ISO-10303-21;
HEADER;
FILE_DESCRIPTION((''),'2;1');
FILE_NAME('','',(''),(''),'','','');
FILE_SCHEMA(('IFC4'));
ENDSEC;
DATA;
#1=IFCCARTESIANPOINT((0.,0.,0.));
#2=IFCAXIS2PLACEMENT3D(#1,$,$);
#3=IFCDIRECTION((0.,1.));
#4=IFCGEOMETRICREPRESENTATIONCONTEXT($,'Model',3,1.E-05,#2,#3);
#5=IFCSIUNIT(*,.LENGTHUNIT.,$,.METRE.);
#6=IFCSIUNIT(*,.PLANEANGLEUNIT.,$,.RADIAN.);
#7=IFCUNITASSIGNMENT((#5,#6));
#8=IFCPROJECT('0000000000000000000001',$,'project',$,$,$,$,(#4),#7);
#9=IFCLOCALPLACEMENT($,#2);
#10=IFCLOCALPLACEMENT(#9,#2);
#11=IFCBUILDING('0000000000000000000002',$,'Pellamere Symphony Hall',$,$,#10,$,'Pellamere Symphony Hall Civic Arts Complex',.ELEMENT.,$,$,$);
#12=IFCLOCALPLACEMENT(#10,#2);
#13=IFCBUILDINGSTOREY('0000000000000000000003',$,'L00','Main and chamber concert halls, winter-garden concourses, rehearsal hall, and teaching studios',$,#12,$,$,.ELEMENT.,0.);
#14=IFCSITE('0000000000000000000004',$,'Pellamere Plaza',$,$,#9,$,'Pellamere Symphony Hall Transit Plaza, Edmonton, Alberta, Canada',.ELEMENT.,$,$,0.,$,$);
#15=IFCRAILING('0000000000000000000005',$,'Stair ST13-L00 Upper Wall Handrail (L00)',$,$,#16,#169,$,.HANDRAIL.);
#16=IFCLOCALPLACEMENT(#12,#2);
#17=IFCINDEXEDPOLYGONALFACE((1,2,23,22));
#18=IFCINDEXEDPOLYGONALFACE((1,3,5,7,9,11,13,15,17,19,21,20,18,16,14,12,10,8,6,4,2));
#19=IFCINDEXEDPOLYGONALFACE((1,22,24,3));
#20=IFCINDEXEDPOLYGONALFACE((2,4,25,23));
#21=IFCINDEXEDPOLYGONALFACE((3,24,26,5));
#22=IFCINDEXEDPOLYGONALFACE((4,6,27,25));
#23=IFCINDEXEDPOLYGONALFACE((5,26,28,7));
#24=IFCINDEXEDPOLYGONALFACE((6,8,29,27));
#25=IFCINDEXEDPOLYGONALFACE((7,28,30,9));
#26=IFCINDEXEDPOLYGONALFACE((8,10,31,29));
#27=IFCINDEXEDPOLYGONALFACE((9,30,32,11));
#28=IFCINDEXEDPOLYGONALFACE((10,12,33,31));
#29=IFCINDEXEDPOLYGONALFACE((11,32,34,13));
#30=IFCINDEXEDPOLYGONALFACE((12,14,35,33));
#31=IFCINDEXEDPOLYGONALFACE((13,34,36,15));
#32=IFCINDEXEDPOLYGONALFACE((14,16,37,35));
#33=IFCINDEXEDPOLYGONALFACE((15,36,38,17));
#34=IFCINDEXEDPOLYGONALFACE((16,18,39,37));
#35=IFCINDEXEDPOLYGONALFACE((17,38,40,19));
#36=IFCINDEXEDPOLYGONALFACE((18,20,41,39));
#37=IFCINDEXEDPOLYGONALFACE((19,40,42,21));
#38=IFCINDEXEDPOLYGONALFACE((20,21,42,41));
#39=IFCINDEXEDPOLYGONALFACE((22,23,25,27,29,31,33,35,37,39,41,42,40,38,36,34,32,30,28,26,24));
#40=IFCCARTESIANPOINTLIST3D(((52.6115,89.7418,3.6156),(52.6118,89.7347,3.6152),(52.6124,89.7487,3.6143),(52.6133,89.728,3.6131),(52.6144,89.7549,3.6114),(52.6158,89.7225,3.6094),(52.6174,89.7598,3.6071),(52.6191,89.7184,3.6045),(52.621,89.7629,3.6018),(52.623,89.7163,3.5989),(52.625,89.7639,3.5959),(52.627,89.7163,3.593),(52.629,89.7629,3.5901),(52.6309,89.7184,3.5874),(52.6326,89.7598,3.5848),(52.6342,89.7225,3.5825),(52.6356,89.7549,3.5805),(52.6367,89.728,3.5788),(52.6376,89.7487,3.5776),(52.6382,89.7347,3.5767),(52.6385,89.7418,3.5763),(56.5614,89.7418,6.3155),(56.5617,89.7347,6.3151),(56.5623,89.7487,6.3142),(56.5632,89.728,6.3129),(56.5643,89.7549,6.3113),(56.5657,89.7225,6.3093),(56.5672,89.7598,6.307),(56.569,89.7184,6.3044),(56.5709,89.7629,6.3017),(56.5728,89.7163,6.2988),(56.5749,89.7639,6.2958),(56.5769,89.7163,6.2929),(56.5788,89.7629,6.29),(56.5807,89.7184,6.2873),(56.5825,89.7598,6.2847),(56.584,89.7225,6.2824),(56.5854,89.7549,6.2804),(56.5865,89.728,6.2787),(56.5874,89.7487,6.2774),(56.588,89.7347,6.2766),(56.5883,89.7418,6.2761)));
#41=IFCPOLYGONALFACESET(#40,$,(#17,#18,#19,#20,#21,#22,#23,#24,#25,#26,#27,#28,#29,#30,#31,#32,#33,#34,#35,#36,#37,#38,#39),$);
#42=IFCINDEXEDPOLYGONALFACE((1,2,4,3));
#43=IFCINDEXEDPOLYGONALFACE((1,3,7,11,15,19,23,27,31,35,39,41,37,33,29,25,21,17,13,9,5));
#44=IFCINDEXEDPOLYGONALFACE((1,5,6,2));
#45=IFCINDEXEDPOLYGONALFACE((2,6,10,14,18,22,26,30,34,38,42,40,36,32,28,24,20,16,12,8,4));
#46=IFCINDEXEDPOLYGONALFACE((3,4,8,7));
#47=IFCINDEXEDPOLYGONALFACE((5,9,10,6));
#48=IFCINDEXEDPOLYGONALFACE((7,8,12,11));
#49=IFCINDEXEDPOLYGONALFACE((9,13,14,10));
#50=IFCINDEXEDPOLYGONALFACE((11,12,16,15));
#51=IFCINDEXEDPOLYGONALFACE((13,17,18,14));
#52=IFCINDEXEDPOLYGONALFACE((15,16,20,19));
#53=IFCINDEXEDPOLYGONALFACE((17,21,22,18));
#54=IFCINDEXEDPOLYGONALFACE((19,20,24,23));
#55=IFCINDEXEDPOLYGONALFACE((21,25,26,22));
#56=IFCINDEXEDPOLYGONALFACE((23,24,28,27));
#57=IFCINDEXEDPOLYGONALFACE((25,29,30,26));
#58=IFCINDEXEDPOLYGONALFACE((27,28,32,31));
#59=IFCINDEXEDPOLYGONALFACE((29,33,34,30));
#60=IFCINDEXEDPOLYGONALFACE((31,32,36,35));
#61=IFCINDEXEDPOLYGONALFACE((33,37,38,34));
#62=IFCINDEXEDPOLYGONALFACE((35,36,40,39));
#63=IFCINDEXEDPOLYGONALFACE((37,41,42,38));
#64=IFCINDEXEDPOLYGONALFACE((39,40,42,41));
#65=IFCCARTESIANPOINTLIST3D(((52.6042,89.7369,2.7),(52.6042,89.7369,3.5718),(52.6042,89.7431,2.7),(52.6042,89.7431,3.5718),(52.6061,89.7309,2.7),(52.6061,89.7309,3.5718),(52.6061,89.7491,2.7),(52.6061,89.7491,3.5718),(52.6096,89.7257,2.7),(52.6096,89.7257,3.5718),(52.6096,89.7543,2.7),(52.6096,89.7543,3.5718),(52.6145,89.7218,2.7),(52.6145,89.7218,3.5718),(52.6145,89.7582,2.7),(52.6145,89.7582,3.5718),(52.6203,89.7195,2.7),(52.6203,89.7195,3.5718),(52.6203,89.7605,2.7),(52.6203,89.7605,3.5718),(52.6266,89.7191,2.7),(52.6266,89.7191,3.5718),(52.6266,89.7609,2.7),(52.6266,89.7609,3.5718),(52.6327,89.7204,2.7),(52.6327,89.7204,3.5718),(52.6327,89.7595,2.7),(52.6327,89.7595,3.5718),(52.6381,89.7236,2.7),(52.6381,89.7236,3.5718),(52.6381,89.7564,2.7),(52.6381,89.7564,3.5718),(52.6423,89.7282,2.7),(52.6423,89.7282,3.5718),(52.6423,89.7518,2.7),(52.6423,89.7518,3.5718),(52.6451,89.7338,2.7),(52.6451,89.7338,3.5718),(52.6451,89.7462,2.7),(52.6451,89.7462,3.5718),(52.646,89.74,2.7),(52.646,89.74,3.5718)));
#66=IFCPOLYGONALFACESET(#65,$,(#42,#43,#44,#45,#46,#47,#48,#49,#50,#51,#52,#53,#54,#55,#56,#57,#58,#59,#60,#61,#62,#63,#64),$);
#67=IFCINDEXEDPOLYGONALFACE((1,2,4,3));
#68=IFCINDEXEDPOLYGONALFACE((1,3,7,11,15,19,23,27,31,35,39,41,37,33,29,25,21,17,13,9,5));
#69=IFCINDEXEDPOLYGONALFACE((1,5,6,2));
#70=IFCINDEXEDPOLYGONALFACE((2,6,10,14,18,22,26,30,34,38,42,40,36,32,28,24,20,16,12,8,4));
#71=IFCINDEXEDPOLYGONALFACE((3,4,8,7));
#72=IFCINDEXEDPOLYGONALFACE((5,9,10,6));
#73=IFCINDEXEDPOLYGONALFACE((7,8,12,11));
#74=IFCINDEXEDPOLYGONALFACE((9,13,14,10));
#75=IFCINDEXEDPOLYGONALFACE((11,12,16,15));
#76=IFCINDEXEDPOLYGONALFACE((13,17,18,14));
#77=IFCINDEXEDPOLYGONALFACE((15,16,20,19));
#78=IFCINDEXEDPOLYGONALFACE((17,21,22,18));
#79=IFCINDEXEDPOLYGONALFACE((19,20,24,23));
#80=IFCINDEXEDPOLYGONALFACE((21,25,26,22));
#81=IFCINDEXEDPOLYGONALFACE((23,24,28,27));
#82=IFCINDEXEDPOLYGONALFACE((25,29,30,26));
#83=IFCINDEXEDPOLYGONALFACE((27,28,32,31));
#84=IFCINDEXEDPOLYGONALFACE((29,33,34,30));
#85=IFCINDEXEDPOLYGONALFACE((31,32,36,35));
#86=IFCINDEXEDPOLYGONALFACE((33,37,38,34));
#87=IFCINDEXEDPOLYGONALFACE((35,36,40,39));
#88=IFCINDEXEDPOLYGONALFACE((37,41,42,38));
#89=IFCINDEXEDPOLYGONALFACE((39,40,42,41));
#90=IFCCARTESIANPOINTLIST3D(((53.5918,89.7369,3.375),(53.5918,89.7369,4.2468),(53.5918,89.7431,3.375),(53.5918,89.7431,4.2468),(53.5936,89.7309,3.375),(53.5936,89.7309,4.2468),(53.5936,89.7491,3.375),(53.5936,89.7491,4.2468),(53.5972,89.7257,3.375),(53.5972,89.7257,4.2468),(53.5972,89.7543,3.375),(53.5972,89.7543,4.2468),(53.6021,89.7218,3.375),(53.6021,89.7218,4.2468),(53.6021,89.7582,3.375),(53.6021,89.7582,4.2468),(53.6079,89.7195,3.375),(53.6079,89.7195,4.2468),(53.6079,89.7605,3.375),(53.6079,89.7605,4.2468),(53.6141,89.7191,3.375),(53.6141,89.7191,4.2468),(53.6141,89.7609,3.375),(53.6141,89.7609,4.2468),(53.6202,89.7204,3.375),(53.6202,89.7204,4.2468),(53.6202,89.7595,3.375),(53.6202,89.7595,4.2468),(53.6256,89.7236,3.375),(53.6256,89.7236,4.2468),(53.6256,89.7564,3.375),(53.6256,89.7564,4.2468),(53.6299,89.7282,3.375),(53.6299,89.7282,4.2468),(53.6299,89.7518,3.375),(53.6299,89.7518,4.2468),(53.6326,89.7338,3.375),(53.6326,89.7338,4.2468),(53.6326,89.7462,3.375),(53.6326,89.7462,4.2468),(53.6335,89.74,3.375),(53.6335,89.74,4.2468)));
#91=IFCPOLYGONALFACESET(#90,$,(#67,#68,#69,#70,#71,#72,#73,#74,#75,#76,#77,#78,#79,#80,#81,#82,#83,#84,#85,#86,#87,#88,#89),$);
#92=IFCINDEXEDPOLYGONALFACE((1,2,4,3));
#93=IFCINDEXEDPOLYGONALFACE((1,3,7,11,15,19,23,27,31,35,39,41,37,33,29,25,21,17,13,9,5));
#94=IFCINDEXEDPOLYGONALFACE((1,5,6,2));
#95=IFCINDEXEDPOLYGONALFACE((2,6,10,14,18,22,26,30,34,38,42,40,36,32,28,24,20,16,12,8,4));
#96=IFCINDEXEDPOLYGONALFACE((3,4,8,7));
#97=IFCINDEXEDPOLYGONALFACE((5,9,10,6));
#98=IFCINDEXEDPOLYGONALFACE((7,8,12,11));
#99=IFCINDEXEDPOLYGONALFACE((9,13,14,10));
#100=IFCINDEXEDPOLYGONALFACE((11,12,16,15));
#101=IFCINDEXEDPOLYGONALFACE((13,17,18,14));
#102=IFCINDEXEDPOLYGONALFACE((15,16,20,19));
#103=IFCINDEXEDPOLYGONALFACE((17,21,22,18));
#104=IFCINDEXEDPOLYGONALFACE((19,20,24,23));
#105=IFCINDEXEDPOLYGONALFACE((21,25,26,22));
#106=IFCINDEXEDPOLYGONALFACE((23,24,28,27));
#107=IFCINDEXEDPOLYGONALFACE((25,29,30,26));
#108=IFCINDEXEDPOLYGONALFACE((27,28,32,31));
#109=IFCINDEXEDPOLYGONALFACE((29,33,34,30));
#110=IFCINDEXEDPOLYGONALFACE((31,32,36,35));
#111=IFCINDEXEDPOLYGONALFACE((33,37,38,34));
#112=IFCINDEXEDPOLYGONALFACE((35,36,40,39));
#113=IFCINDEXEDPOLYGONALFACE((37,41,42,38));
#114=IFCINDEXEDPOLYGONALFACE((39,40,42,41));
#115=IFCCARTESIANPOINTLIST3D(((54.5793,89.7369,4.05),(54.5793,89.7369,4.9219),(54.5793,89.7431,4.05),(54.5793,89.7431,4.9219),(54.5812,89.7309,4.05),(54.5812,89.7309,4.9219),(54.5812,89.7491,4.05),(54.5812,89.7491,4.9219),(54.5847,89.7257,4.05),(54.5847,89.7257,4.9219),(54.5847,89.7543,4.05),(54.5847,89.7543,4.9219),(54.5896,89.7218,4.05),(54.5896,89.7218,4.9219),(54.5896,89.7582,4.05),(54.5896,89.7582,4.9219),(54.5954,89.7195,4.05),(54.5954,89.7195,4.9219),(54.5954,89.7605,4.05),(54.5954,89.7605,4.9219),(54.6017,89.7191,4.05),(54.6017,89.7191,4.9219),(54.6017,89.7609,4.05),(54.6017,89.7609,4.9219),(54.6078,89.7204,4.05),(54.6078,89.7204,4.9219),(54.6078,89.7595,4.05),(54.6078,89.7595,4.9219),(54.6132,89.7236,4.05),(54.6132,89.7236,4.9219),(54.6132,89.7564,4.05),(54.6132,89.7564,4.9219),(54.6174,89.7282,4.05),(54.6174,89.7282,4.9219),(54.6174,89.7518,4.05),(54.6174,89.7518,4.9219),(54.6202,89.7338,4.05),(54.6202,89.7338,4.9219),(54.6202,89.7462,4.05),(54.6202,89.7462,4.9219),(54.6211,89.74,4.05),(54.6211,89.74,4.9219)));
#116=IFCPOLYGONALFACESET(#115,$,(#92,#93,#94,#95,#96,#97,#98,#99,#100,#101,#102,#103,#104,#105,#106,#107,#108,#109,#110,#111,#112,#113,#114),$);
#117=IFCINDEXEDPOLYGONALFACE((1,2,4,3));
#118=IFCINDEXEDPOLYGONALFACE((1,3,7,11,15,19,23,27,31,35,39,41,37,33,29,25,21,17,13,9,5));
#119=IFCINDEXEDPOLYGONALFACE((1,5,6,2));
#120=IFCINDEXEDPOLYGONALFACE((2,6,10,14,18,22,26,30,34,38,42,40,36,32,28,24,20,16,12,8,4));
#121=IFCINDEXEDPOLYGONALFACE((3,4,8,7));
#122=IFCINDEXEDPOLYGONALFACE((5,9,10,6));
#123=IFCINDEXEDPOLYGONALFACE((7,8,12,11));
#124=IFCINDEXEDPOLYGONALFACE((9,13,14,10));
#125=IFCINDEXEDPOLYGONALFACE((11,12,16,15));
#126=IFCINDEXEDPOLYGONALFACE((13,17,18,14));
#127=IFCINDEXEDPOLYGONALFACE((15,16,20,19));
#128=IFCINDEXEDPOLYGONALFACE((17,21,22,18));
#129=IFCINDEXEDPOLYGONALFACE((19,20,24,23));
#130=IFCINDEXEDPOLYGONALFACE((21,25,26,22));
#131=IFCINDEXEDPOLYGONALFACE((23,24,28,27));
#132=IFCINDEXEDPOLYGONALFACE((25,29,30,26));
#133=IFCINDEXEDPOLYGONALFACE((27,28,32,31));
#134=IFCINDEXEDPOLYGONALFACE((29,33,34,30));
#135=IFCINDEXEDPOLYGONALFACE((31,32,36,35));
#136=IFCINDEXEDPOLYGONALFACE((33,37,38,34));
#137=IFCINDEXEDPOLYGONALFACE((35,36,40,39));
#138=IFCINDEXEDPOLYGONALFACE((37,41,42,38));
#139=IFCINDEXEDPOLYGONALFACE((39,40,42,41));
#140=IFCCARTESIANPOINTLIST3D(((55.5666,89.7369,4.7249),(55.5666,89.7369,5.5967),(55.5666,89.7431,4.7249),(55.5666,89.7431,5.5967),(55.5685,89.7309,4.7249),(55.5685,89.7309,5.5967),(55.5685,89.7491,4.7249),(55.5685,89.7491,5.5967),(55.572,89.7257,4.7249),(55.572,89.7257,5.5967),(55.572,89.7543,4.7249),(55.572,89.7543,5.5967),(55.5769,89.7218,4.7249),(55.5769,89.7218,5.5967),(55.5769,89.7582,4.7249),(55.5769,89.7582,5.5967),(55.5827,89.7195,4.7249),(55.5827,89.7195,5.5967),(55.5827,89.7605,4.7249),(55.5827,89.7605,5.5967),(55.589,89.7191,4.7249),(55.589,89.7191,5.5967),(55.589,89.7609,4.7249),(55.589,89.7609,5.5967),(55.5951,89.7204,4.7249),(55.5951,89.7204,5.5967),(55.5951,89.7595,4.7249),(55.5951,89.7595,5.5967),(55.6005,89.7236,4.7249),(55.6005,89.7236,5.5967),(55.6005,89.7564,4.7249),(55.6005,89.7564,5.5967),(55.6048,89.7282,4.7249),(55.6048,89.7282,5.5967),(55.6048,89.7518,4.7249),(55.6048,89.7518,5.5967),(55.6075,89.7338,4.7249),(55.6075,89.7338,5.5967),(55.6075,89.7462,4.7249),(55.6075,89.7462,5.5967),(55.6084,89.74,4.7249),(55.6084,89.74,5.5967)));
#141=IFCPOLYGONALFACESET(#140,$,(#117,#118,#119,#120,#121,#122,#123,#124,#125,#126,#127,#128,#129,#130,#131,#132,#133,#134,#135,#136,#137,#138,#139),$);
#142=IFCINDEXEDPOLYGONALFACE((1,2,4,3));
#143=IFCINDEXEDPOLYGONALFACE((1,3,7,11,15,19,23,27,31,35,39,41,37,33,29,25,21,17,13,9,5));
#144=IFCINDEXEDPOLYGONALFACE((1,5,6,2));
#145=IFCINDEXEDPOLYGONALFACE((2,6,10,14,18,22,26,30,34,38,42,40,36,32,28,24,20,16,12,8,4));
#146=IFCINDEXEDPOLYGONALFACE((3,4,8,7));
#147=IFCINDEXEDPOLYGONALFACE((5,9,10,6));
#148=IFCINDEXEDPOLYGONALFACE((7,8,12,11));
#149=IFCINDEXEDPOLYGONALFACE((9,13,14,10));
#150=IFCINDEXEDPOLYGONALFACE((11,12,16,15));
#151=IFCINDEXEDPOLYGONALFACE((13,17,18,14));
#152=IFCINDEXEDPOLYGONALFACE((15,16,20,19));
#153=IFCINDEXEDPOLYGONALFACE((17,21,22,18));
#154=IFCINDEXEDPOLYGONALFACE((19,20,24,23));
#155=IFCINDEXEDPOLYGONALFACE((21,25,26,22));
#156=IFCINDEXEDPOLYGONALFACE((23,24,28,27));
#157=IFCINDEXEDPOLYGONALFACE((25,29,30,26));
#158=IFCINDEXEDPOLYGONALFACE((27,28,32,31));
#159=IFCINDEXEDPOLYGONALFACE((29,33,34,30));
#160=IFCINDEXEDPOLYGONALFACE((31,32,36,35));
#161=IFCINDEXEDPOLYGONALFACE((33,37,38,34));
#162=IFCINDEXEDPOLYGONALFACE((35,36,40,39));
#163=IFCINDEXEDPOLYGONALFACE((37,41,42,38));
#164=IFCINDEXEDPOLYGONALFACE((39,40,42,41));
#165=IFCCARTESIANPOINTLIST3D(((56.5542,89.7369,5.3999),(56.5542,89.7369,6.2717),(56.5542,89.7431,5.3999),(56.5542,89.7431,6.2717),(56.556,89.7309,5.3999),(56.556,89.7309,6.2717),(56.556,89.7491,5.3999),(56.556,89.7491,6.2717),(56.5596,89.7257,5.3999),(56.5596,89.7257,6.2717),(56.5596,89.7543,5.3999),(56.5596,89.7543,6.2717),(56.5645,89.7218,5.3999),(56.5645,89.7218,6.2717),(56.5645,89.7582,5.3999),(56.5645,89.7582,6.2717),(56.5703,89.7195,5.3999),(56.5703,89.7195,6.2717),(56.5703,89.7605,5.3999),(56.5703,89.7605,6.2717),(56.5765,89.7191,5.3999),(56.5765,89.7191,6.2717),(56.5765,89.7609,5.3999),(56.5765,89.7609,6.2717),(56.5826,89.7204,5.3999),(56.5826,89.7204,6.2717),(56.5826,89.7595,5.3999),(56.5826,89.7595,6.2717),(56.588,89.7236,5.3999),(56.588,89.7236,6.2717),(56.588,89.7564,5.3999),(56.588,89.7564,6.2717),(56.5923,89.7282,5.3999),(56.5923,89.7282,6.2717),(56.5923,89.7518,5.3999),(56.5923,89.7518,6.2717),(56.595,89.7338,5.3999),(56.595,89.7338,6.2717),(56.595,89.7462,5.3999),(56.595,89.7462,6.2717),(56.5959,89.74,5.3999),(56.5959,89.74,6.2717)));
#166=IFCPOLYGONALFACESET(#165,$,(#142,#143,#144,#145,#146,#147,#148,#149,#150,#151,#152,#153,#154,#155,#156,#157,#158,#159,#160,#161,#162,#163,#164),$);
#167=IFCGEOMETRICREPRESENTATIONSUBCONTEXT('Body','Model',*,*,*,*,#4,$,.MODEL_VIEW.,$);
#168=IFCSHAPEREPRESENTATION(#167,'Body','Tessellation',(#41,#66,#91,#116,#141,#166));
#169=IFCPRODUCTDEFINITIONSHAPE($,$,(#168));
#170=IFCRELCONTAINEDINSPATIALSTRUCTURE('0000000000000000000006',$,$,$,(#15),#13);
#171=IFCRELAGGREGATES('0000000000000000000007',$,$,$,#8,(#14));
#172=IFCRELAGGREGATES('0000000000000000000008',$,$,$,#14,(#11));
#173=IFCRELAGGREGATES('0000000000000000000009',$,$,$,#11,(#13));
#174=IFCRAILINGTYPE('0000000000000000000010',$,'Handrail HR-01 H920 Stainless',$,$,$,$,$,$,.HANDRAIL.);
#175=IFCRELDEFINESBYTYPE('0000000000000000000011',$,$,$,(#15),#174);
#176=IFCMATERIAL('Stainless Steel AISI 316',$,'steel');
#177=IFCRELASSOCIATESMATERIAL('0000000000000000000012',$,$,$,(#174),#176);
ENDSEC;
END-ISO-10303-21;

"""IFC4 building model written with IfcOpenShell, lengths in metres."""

from ifc_helpers import new_model, si_unit, direction, frame, origin, origin_2d, place, context, subcontext, project, spatial, circle, extrude, material, type_object, element, save


model = new_model("IFC4")

# Units and contexts
model_context = context("Model", 3, precision=1e-05, world=origin(), true_north=direction((0.0, 1.0)))
body_context = subcontext(model_context, "Body", "Model", "MODEL_VIEW")
ifc_project = project(units=[si_unit("LENGTHUNIT", "METRE"), si_unit("PLANEANGLEUNIT", "RADIAN")], contexts=[model_context])

# Site, building, storey
site_placement = place(None, origin())
site = spatial("IfcSite", under=ifc_project, at=site_placement, Name="Pellamere Plaza", LongName="Pellamere Symphony Hall Transit Plaza, Edmonton, Alberta, Canada", CompositionType="ELEMENT", RefElevation=0.0)
building_placement = place(site_placement, origin())
building = spatial("IfcBuilding", under=site, at=building_placement, Name="Pellamere Symphony Hall", LongName="Pellamere Symphony Hall Civic Arts Complex", CompositionType="ELEMENT")
storey_placement = place(building_placement, origin())
storey = spatial("IfcBuildingStorey", under=building, at=storey_placement, Name="L00", Description="Main and chamber concert halls, winter-garden concourses, rehearsal hall, and teaching studios", CompositionType="ELEMENT", Elevation=0.0)

# Railing
ifc_material_1 = material(Name="Stainless Steel AISI 316", Category="steel")
railing_type_1 = type_object("IfcRailingType", Name="Handrail HR-01 H920 Stainless", PredefinedType="HANDRAIL", material=ifc_material_1)
for number, where, name in (
    (1, (52.625, 89.74, 2.7), "Stair ST13-L00 Upper Wall Handrail (L00)"),
):
    element("IfcRailing", number, at=place(storey_placement, frame(where)), inside=storey, type_object=railing_type_1, Name=name, PredefinedType="HANDRAIL", context=body_context, shape_type="SweptSolid", body=[
        extrude(circle(Radius=0.0239, at=origin_2d()), frame((0.0, 0.0, 0.896), z_axis=(0.825565, 0.0, 0.564307), x_axis=(0.0, 1.0, 0.0)), (0.0, 0.0, 1.0), 4.7844),
        extrude(circle(Radius=0.021, at=origin_2d()), origin(), (0.0, 0.0, 1.0), 0.8718),
        extrude(circle(Radius=0.021, at=origin_2d()), frame((0.9875, 0.0, 0.675)), (0.0, 0.0, 1.0), 0.8718),
        extrude(circle(Radius=0.021, at=origin_2d()), frame((1.9751, 0.0, 1.3501)), (0.0, 0.0, 1.0), 0.8718),
        extrude(circle(Radius=0.021, at=origin_2d()), frame((2.9624, 0.0, 2.0249)), (0.0, 0.0, 1.0), 0.8718),
        extrude(circle(Radius=0.021, at=origin_2d()), frame((3.95, 0.0, 2.7)), (0.0, 0.0, 1.0), 0.8718),
    ])

save(model, "model.ifc")
